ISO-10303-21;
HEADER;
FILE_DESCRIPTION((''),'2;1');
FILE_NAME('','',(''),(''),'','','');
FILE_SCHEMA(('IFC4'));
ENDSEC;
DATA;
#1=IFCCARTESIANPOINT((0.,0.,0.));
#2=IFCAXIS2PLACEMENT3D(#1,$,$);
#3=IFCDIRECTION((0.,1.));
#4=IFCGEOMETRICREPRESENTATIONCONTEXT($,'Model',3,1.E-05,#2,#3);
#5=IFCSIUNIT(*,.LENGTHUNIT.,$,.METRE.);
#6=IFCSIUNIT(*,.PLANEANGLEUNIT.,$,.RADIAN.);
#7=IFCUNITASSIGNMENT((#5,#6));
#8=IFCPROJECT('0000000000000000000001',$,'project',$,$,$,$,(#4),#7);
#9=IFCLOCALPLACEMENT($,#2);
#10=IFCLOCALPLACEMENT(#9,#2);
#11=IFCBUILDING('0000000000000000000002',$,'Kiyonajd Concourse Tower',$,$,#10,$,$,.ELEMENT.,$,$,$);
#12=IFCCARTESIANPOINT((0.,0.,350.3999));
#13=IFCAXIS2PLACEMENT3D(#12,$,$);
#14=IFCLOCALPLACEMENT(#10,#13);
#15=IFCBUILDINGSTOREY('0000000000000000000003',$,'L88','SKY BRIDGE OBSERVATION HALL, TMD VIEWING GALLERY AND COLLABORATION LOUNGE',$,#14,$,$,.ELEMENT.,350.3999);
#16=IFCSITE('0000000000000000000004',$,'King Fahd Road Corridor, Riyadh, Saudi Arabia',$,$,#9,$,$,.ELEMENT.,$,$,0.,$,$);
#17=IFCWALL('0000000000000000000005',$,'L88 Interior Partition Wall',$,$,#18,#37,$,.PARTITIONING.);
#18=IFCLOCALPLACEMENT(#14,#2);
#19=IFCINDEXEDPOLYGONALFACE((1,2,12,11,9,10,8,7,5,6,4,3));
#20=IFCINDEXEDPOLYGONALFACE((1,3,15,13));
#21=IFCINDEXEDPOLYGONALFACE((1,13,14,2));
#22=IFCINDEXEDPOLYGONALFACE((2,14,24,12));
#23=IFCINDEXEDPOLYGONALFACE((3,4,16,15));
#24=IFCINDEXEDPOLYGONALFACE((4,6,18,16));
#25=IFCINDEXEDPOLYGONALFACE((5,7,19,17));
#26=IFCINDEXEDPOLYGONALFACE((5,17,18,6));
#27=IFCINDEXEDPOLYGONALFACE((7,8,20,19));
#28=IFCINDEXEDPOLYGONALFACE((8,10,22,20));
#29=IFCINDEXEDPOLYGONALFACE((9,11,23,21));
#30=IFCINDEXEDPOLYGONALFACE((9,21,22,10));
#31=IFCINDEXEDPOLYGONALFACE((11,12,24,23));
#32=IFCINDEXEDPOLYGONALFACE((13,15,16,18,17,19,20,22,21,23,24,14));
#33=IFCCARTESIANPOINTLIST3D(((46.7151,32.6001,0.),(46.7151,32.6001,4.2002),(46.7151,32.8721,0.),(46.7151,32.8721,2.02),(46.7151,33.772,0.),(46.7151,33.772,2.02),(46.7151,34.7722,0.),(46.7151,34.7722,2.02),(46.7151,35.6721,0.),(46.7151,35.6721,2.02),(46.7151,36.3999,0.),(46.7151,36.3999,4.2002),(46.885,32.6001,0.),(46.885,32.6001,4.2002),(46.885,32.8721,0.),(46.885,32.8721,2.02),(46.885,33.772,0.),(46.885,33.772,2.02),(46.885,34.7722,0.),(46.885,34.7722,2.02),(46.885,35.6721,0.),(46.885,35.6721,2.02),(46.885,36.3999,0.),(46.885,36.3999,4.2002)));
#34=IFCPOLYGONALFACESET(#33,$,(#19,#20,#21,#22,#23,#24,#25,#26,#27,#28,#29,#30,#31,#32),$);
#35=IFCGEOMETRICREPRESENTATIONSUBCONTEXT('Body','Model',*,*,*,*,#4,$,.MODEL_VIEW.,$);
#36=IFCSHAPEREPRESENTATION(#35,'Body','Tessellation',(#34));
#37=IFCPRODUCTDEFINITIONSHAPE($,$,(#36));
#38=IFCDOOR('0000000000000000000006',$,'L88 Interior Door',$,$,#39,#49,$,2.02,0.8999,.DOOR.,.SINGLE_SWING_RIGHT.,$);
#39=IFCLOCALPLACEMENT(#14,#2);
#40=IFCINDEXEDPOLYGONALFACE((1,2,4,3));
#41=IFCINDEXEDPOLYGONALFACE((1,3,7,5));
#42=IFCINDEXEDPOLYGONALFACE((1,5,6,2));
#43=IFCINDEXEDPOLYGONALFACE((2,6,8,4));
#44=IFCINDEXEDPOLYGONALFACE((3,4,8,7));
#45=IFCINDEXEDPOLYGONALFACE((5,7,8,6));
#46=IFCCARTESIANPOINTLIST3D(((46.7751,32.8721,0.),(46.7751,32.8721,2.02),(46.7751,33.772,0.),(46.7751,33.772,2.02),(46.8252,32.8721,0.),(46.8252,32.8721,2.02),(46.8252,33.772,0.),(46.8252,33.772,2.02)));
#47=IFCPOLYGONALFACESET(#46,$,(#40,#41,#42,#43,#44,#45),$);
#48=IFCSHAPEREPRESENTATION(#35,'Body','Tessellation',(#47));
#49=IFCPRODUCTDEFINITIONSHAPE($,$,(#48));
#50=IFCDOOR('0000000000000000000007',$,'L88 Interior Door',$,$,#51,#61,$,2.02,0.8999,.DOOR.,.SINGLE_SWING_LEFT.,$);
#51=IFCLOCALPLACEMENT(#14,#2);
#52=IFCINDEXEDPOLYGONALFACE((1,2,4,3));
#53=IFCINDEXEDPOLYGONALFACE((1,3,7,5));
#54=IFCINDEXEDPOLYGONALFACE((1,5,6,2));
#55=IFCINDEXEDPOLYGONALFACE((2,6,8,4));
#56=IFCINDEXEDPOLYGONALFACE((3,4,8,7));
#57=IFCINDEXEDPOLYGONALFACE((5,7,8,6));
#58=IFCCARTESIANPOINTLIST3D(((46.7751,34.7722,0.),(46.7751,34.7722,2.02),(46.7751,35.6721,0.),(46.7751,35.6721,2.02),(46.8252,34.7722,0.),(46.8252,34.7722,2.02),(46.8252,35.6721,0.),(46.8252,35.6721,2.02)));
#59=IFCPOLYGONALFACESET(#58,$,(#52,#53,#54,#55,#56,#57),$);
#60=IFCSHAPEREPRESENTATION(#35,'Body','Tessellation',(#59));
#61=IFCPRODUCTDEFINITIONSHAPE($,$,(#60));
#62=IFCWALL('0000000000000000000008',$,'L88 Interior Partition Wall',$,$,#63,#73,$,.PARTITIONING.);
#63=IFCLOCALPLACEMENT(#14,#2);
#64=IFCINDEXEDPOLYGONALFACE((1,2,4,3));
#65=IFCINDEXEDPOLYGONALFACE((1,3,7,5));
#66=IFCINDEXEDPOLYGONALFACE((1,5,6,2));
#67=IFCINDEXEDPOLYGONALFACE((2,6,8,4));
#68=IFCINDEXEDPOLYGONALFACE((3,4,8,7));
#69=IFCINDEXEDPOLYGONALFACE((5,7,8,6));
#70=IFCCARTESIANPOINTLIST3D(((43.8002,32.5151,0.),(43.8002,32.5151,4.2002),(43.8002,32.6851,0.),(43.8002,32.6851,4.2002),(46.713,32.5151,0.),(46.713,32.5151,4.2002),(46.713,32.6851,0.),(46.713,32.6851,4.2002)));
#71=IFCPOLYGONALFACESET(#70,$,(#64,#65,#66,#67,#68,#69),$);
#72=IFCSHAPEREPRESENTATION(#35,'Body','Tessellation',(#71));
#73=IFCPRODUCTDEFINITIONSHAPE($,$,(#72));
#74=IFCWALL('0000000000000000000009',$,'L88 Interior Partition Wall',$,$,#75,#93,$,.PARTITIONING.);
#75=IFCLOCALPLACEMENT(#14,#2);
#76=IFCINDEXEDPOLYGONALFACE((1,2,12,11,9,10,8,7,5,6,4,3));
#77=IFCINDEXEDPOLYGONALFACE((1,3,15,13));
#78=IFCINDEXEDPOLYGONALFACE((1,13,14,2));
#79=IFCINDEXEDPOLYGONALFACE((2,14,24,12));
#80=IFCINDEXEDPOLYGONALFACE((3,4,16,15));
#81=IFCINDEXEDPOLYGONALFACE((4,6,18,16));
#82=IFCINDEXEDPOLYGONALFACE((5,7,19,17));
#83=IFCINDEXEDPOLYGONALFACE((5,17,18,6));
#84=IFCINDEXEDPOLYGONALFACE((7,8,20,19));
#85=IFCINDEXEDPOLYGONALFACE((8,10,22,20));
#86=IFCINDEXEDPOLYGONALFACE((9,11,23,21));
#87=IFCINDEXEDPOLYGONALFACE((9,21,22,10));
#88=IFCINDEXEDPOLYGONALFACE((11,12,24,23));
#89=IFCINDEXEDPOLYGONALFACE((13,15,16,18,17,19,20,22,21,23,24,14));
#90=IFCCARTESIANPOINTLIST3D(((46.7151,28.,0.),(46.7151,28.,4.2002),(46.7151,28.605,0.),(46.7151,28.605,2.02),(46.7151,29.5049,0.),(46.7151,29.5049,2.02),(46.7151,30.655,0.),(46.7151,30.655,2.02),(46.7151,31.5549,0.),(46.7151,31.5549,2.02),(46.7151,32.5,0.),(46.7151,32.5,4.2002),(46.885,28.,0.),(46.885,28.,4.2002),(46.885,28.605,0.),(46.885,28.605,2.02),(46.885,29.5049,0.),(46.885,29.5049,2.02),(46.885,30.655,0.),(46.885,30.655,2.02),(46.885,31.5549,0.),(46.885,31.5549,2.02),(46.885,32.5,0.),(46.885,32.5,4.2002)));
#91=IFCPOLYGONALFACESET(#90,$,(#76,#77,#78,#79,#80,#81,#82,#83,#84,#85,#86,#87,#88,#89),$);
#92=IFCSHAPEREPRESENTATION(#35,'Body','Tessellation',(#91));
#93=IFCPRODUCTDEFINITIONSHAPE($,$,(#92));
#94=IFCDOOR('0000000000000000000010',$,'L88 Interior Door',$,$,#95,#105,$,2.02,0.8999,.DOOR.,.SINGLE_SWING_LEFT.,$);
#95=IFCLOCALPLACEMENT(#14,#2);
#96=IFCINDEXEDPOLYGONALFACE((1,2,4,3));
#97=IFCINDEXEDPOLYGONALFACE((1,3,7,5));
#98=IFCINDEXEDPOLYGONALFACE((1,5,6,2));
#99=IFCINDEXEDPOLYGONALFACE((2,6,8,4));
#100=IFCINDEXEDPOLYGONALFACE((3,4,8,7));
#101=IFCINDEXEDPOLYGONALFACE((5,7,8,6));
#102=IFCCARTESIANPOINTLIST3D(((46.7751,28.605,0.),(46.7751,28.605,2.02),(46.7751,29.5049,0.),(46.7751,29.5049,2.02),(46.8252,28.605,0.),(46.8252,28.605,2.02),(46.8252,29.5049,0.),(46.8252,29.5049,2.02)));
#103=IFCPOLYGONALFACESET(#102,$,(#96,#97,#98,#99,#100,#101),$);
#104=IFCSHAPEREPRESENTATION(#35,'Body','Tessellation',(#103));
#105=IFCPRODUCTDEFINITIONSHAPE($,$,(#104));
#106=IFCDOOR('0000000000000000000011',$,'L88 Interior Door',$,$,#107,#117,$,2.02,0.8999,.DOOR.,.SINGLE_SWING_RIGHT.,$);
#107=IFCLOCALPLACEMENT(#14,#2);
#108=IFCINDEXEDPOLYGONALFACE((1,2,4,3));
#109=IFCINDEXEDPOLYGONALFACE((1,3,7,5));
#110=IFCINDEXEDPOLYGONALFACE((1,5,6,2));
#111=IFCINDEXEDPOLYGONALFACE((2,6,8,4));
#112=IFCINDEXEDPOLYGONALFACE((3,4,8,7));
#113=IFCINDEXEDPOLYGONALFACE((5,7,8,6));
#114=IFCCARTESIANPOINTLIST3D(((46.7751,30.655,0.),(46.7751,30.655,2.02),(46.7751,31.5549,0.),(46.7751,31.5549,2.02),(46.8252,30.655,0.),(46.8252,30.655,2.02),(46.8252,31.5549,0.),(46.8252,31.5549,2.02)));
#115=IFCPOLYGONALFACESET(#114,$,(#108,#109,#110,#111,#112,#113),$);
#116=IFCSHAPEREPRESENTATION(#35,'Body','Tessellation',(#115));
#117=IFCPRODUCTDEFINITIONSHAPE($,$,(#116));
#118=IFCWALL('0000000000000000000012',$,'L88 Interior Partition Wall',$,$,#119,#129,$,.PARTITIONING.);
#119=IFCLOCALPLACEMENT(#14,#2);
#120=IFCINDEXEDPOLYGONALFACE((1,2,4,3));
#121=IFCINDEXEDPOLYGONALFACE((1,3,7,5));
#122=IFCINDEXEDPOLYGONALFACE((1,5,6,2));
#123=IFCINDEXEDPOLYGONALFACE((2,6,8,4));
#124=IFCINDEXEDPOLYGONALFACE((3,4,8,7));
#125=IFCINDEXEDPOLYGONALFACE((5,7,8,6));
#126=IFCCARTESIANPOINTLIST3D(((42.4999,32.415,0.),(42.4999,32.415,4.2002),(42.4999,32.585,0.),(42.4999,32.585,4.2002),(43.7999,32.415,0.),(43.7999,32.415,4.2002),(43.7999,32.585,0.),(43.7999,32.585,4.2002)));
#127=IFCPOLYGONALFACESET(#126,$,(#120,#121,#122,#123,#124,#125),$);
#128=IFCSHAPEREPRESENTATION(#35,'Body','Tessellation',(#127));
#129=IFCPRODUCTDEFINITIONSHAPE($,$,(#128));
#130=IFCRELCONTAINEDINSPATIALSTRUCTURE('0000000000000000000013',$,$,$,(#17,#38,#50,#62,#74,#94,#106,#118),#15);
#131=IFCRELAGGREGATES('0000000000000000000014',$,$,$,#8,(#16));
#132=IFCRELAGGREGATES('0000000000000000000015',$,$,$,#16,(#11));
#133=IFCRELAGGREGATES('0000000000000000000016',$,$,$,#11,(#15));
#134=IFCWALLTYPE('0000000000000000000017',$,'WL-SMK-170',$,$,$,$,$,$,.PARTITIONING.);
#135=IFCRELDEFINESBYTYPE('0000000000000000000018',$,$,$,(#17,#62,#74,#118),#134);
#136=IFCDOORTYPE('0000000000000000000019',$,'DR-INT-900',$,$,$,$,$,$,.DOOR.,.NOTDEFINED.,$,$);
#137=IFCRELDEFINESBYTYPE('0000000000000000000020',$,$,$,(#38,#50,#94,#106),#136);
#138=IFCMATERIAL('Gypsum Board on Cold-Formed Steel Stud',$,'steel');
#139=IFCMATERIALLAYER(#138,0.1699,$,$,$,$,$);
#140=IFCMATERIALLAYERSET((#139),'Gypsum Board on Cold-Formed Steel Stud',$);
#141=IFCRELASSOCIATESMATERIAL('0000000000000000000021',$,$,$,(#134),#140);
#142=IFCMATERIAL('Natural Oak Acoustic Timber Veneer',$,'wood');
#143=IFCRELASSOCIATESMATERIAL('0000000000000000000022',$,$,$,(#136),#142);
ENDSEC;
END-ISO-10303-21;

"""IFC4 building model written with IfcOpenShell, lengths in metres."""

from ifc_helpers import new_model, si_unit, direction, frame, frame_2d, origin, place, context, subcontext, project, spatial, rectangle, extrude, material, layer, layer_set, type_object, element, fill, save


model = new_model("IFC4")

# Units and contexts
model_context = context("Model", 3, precision=1e-05, world=origin(), true_north=direction((0.0, 1.0)))
body_context = subcontext(model_context, "Body", "Model", "MODEL_VIEW")
ifc_project = project(units=[si_unit("LENGTHUNIT", "METRE"), si_unit("PLANEANGLEUNIT", "RADIAN")], contexts=[model_context])

# Site, building, storey
site_placement = place(None, origin())
site = spatial("IfcSite", under=ifc_project, at=site_placement, Name="King Fahd Road Corridor, Riyadh, Saudi Arabia", CompositionType="ELEMENT", RefElevation=0.0)
building_placement = place(site_placement, origin())
building = spatial("IfcBuilding", under=site, at=building_placement, Name="Kiyonajd Concourse Tower", CompositionType="ELEMENT")
storey_placement = place(building_placement, frame((0.0, 0.0, 350.3999)))
storey = spatial("IfcBuildingStorey", under=building, at=storey_placement, Name="L88", Description="SKY BRIDGE OBSERVATION HALL, TMD VIEWING GALLERY AND COLLABORATION LOUNGE", CompositionType="ELEMENT", Elevation=350.3999)

# Shared definitions
ifc_material_1 = material(Name="Gypsum Board on Cold-Formed Steel Stud", Category="steel")

# Wall, openings, doors
ifc_layer_1 = layer(ifc_material_1, 0.1699)
ifc_layer_set_1 = layer_set([ifc_layer_1], Name="Gypsum Board on Cold-Formed Steel Stud")
wall_type_1 = type_object("IfcWallType", Name="WL-SMK-170", PredefinedType="PARTITIONING", material=ifc_layer_set_1)
wall_1_placement = place(storey_placement, frame((46.8, 32.6001, 0.0), z_axis=(0.0, 0.0, 1.0), x_axis=(0.0, 1.0, 0.0)))
wall_1 = element("IfcWall", 1, at=wall_1_placement, inside=storey, type_object=wall_type_1, Name="L88 Interior Partition Wall", PredefinedType="PARTITIONING", context=body_context, shape_type="SweptSolid", body=[
    extrude(rectangle(XDim=3.7998, YDim=0.1699, at=frame_2d((1.8999, 0.0))), origin(), (0.0, 0.0, 1.0), 4.2002),
])
opening_1_placement = place(wall_1_placement, frame((0.272, 0.0, 0.0)))
opening_1 = element("IfcOpeningElement", 2, at=opening_1_placement, cuts=wall_1, PredefinedType="OPENING", context=body_context, shape_type="SweptSolid", body=[
    extrude(rectangle(XDim=0.8999, YDim=2.02, at=frame_2d((0.45, 1.01))), frame((0.0, 0.095, 0.0), z_axis=(0.0, -1.0, 0.0), x_axis=(1.0, 0.0, 0.0)), (0.0, 0.0, 1.0), 0.1899),
])
opening_2_placement = place(wall_1_placement, frame((2.1721, 0.0, 0.0)))
opening_2 = element("IfcOpeningElement", 3, at=opening_2_placement, cuts=wall_1, PredefinedType="OPENING", context=body_context, shape_type="SweptSolid", body=[
    extrude(rectangle(XDim=0.8999, YDim=2.02, at=frame_2d((0.45, 1.01))), frame((0.0, 0.095, 0.0), z_axis=(0.0, -1.0, 0.0), x_axis=(1.0, 0.0, 0.0)), (0.0, 0.0, 1.0), 0.1899),
])
ifc_material_2 = material(Name="Natural Oak Acoustic Timber Veneer", Category="wood")
door_type_1 = type_object("IfcDoorType", Name="DR-INT-900", OperationType="NOTDEFINED", PredefinedType="DOOR", material=ifc_material_2)
door_1_placement = place(opening_1_placement, origin())
door_1 = element("IfcDoor", 4, at=door_1_placement, inside=storey, type_object=door_type_1, Name="L88 Interior Door", OperationType="SINGLE_SWING_RIGHT", OverallHeight=2.02, OverallWidth=0.8999, PredefinedType="DOOR", context=body_context, shape_type="SweptSolid", body=[
    extrude(rectangle(XDim=0.8999, YDim=2.02, at=frame_2d((0.45, 1.01))), frame((0.0, 0.0249, 0.0), z_axis=(0.0, -1.0, 0.0), x_axis=(1.0, 0.0, 0.0)), (0.0, 0.0, 1.0), 0.05),
])
fill(opening_1, door_1)
door_2_placement = place(opening_2_placement, origin())
door_2 = element("IfcDoor", 5, at=door_2_placement, inside=storey, type_object=door_type_1, Name="L88 Interior Door", OperationType="SINGLE_SWING_LEFT", OverallHeight=2.02, OverallWidth=0.8999, PredefinedType="DOOR", context=body_context, shape_type="SweptSolid", body=[
    extrude(rectangle(XDim=0.8999, YDim=2.02, at=frame_2d((0.45, 1.01))), frame((0.0, 0.0249, 0.0), z_axis=(0.0, -1.0, 0.0), x_axis=(1.0, 0.0, 0.0)), (0.0, 0.0, 1.0), 0.05),
])
fill(opening_2, door_2)

# Wall
wall_2_placement = place(storey_placement, frame((43.8, 32.6001, 0.0), z_axis=(0.0, 0.0, 1.0), x_axis=(1.0, 0.0, 0.0)))
element("IfcWall", 6, at=wall_2_placement, inside=storey, type_object=wall_type_1, Name="L88 Interior Partition Wall", PredefinedType="PARTITIONING", context=body_context, shape_type="SweptSolid", body=[
    extrude(rectangle(XDim=2.9128, YDim=0.1699, at=frame_2d((1.4565, 0.0))), origin(), (0.0, 0.0, 1.0), 4.2002),
])

# Wall, openings, doors
wall_3_placement = place(storey_placement, frame((46.8, 28.0, 0.0), z_axis=(0.0, 0.0, 1.0), x_axis=(0.0, 1.0, 0.0)))
wall_3 = element("IfcWall", 7, at=wall_3_placement, inside=storey, type_object=wall_type_1, Name="L88 Interior Partition Wall", PredefinedType="PARTITIONING", context=body_context, shape_type="SweptSolid", body=[
    extrude(rectangle(XDim=4.5, YDim=0.1699, at=frame_2d((2.25, 0.0))), origin(), (0.0, 0.0, 1.0), 4.2002),
])
opening_3_placement = place(wall_3_placement, frame((0.605, 0.0, 0.0)))
opening_3 = element("IfcOpeningElement", 8, at=opening_3_placement, cuts=wall_3, PredefinedType="OPENING", context=body_context, shape_type="SweptSolid", body=[
    extrude(rectangle(XDim=0.8999, YDim=2.02, at=frame_2d((0.45, 1.01))), frame((0.0, 0.095, 0.0), z_axis=(0.0, -1.0, 0.0), x_axis=(1.0, 0.0, 0.0)), (0.0, 0.0, 1.0), 0.1899),
])
opening_4_placement = place(wall_3_placement, frame((2.655, 0.0, 0.0)))
opening_4 = element("IfcOpeningElement", 9, at=opening_4_placement, cuts=wall_3, PredefinedType="OPENING", context=body_context, shape_type="SweptSolid", body=[
    extrude(rectangle(XDim=0.8999, YDim=2.02, at=frame_2d((0.45, 1.01))), frame((0.0, 0.095, 0.0), z_axis=(0.0, -1.0, 0.0), x_axis=(1.0, 0.0, 0.0)), (0.0, 0.0, 1.0), 0.1899),
])
door_3_placement = place(opening_3_placement, origin())
door_3 = element("IfcDoor", 10, at=door_3_placement, inside=storey, type_object=door_type_1, Name="L88 Interior Door", OperationType="SINGLE_SWING_LEFT", OverallHeight=2.02, OverallWidth=0.8999, PredefinedType="DOOR", context=body_context, shape_type="SweptSolid", body=[
    extrude(rectangle(XDim=0.8999, YDim=2.02, at=frame_2d((0.45, 1.01))), frame((0.0, 0.0249, 0.0), z_axis=(0.0, -1.0, 0.0), x_axis=(1.0, 0.0, 0.0)), (0.0, 0.0, 1.0), 0.05),
])
fill(opening_3, door_3)
door_4_placement = place(opening_4_placement, origin())
door_4 = element("IfcDoor", 11, at=door_4_placement, inside=storey, type_object=door_type_1, Name="L88 Interior Door", OperationType="SINGLE_SWING_RIGHT", OverallHeight=2.02, OverallWidth=0.8999, PredefinedType="DOOR", context=body_context, shape_type="SweptSolid", body=[
    extrude(rectangle(XDim=0.8999, YDim=2.02, at=frame_2d((0.45, 1.01))), frame((0.0, 0.0249, 0.0), z_axis=(0.0, -1.0, 0.0), x_axis=(1.0, 0.0, 0.0)), (0.0, 0.0, 1.0), 0.05),
])
fill(opening_4, door_4)

# Wall
wall_4_placement = place(storey_placement, frame((42.5, 32.5, 0.0), z_axis=(0.0, 0.0, 1.0), x_axis=(1.0, 0.0, 0.0)))
element("IfcWall", 12, at=wall_4_placement, inside=storey, type_object=wall_type_1, Name="L88 Interior Partition Wall", PredefinedType="PARTITIONING", context=body_context, shape_type="SweptSolid", body=[
    extrude(rectangle(XDim=1.3, YDim=0.1699, at=frame_2d((0.6499, 0.0))), origin(), (0.0, 0.0, 1.0), 4.2002),
])

save(model, "model.ifc")
